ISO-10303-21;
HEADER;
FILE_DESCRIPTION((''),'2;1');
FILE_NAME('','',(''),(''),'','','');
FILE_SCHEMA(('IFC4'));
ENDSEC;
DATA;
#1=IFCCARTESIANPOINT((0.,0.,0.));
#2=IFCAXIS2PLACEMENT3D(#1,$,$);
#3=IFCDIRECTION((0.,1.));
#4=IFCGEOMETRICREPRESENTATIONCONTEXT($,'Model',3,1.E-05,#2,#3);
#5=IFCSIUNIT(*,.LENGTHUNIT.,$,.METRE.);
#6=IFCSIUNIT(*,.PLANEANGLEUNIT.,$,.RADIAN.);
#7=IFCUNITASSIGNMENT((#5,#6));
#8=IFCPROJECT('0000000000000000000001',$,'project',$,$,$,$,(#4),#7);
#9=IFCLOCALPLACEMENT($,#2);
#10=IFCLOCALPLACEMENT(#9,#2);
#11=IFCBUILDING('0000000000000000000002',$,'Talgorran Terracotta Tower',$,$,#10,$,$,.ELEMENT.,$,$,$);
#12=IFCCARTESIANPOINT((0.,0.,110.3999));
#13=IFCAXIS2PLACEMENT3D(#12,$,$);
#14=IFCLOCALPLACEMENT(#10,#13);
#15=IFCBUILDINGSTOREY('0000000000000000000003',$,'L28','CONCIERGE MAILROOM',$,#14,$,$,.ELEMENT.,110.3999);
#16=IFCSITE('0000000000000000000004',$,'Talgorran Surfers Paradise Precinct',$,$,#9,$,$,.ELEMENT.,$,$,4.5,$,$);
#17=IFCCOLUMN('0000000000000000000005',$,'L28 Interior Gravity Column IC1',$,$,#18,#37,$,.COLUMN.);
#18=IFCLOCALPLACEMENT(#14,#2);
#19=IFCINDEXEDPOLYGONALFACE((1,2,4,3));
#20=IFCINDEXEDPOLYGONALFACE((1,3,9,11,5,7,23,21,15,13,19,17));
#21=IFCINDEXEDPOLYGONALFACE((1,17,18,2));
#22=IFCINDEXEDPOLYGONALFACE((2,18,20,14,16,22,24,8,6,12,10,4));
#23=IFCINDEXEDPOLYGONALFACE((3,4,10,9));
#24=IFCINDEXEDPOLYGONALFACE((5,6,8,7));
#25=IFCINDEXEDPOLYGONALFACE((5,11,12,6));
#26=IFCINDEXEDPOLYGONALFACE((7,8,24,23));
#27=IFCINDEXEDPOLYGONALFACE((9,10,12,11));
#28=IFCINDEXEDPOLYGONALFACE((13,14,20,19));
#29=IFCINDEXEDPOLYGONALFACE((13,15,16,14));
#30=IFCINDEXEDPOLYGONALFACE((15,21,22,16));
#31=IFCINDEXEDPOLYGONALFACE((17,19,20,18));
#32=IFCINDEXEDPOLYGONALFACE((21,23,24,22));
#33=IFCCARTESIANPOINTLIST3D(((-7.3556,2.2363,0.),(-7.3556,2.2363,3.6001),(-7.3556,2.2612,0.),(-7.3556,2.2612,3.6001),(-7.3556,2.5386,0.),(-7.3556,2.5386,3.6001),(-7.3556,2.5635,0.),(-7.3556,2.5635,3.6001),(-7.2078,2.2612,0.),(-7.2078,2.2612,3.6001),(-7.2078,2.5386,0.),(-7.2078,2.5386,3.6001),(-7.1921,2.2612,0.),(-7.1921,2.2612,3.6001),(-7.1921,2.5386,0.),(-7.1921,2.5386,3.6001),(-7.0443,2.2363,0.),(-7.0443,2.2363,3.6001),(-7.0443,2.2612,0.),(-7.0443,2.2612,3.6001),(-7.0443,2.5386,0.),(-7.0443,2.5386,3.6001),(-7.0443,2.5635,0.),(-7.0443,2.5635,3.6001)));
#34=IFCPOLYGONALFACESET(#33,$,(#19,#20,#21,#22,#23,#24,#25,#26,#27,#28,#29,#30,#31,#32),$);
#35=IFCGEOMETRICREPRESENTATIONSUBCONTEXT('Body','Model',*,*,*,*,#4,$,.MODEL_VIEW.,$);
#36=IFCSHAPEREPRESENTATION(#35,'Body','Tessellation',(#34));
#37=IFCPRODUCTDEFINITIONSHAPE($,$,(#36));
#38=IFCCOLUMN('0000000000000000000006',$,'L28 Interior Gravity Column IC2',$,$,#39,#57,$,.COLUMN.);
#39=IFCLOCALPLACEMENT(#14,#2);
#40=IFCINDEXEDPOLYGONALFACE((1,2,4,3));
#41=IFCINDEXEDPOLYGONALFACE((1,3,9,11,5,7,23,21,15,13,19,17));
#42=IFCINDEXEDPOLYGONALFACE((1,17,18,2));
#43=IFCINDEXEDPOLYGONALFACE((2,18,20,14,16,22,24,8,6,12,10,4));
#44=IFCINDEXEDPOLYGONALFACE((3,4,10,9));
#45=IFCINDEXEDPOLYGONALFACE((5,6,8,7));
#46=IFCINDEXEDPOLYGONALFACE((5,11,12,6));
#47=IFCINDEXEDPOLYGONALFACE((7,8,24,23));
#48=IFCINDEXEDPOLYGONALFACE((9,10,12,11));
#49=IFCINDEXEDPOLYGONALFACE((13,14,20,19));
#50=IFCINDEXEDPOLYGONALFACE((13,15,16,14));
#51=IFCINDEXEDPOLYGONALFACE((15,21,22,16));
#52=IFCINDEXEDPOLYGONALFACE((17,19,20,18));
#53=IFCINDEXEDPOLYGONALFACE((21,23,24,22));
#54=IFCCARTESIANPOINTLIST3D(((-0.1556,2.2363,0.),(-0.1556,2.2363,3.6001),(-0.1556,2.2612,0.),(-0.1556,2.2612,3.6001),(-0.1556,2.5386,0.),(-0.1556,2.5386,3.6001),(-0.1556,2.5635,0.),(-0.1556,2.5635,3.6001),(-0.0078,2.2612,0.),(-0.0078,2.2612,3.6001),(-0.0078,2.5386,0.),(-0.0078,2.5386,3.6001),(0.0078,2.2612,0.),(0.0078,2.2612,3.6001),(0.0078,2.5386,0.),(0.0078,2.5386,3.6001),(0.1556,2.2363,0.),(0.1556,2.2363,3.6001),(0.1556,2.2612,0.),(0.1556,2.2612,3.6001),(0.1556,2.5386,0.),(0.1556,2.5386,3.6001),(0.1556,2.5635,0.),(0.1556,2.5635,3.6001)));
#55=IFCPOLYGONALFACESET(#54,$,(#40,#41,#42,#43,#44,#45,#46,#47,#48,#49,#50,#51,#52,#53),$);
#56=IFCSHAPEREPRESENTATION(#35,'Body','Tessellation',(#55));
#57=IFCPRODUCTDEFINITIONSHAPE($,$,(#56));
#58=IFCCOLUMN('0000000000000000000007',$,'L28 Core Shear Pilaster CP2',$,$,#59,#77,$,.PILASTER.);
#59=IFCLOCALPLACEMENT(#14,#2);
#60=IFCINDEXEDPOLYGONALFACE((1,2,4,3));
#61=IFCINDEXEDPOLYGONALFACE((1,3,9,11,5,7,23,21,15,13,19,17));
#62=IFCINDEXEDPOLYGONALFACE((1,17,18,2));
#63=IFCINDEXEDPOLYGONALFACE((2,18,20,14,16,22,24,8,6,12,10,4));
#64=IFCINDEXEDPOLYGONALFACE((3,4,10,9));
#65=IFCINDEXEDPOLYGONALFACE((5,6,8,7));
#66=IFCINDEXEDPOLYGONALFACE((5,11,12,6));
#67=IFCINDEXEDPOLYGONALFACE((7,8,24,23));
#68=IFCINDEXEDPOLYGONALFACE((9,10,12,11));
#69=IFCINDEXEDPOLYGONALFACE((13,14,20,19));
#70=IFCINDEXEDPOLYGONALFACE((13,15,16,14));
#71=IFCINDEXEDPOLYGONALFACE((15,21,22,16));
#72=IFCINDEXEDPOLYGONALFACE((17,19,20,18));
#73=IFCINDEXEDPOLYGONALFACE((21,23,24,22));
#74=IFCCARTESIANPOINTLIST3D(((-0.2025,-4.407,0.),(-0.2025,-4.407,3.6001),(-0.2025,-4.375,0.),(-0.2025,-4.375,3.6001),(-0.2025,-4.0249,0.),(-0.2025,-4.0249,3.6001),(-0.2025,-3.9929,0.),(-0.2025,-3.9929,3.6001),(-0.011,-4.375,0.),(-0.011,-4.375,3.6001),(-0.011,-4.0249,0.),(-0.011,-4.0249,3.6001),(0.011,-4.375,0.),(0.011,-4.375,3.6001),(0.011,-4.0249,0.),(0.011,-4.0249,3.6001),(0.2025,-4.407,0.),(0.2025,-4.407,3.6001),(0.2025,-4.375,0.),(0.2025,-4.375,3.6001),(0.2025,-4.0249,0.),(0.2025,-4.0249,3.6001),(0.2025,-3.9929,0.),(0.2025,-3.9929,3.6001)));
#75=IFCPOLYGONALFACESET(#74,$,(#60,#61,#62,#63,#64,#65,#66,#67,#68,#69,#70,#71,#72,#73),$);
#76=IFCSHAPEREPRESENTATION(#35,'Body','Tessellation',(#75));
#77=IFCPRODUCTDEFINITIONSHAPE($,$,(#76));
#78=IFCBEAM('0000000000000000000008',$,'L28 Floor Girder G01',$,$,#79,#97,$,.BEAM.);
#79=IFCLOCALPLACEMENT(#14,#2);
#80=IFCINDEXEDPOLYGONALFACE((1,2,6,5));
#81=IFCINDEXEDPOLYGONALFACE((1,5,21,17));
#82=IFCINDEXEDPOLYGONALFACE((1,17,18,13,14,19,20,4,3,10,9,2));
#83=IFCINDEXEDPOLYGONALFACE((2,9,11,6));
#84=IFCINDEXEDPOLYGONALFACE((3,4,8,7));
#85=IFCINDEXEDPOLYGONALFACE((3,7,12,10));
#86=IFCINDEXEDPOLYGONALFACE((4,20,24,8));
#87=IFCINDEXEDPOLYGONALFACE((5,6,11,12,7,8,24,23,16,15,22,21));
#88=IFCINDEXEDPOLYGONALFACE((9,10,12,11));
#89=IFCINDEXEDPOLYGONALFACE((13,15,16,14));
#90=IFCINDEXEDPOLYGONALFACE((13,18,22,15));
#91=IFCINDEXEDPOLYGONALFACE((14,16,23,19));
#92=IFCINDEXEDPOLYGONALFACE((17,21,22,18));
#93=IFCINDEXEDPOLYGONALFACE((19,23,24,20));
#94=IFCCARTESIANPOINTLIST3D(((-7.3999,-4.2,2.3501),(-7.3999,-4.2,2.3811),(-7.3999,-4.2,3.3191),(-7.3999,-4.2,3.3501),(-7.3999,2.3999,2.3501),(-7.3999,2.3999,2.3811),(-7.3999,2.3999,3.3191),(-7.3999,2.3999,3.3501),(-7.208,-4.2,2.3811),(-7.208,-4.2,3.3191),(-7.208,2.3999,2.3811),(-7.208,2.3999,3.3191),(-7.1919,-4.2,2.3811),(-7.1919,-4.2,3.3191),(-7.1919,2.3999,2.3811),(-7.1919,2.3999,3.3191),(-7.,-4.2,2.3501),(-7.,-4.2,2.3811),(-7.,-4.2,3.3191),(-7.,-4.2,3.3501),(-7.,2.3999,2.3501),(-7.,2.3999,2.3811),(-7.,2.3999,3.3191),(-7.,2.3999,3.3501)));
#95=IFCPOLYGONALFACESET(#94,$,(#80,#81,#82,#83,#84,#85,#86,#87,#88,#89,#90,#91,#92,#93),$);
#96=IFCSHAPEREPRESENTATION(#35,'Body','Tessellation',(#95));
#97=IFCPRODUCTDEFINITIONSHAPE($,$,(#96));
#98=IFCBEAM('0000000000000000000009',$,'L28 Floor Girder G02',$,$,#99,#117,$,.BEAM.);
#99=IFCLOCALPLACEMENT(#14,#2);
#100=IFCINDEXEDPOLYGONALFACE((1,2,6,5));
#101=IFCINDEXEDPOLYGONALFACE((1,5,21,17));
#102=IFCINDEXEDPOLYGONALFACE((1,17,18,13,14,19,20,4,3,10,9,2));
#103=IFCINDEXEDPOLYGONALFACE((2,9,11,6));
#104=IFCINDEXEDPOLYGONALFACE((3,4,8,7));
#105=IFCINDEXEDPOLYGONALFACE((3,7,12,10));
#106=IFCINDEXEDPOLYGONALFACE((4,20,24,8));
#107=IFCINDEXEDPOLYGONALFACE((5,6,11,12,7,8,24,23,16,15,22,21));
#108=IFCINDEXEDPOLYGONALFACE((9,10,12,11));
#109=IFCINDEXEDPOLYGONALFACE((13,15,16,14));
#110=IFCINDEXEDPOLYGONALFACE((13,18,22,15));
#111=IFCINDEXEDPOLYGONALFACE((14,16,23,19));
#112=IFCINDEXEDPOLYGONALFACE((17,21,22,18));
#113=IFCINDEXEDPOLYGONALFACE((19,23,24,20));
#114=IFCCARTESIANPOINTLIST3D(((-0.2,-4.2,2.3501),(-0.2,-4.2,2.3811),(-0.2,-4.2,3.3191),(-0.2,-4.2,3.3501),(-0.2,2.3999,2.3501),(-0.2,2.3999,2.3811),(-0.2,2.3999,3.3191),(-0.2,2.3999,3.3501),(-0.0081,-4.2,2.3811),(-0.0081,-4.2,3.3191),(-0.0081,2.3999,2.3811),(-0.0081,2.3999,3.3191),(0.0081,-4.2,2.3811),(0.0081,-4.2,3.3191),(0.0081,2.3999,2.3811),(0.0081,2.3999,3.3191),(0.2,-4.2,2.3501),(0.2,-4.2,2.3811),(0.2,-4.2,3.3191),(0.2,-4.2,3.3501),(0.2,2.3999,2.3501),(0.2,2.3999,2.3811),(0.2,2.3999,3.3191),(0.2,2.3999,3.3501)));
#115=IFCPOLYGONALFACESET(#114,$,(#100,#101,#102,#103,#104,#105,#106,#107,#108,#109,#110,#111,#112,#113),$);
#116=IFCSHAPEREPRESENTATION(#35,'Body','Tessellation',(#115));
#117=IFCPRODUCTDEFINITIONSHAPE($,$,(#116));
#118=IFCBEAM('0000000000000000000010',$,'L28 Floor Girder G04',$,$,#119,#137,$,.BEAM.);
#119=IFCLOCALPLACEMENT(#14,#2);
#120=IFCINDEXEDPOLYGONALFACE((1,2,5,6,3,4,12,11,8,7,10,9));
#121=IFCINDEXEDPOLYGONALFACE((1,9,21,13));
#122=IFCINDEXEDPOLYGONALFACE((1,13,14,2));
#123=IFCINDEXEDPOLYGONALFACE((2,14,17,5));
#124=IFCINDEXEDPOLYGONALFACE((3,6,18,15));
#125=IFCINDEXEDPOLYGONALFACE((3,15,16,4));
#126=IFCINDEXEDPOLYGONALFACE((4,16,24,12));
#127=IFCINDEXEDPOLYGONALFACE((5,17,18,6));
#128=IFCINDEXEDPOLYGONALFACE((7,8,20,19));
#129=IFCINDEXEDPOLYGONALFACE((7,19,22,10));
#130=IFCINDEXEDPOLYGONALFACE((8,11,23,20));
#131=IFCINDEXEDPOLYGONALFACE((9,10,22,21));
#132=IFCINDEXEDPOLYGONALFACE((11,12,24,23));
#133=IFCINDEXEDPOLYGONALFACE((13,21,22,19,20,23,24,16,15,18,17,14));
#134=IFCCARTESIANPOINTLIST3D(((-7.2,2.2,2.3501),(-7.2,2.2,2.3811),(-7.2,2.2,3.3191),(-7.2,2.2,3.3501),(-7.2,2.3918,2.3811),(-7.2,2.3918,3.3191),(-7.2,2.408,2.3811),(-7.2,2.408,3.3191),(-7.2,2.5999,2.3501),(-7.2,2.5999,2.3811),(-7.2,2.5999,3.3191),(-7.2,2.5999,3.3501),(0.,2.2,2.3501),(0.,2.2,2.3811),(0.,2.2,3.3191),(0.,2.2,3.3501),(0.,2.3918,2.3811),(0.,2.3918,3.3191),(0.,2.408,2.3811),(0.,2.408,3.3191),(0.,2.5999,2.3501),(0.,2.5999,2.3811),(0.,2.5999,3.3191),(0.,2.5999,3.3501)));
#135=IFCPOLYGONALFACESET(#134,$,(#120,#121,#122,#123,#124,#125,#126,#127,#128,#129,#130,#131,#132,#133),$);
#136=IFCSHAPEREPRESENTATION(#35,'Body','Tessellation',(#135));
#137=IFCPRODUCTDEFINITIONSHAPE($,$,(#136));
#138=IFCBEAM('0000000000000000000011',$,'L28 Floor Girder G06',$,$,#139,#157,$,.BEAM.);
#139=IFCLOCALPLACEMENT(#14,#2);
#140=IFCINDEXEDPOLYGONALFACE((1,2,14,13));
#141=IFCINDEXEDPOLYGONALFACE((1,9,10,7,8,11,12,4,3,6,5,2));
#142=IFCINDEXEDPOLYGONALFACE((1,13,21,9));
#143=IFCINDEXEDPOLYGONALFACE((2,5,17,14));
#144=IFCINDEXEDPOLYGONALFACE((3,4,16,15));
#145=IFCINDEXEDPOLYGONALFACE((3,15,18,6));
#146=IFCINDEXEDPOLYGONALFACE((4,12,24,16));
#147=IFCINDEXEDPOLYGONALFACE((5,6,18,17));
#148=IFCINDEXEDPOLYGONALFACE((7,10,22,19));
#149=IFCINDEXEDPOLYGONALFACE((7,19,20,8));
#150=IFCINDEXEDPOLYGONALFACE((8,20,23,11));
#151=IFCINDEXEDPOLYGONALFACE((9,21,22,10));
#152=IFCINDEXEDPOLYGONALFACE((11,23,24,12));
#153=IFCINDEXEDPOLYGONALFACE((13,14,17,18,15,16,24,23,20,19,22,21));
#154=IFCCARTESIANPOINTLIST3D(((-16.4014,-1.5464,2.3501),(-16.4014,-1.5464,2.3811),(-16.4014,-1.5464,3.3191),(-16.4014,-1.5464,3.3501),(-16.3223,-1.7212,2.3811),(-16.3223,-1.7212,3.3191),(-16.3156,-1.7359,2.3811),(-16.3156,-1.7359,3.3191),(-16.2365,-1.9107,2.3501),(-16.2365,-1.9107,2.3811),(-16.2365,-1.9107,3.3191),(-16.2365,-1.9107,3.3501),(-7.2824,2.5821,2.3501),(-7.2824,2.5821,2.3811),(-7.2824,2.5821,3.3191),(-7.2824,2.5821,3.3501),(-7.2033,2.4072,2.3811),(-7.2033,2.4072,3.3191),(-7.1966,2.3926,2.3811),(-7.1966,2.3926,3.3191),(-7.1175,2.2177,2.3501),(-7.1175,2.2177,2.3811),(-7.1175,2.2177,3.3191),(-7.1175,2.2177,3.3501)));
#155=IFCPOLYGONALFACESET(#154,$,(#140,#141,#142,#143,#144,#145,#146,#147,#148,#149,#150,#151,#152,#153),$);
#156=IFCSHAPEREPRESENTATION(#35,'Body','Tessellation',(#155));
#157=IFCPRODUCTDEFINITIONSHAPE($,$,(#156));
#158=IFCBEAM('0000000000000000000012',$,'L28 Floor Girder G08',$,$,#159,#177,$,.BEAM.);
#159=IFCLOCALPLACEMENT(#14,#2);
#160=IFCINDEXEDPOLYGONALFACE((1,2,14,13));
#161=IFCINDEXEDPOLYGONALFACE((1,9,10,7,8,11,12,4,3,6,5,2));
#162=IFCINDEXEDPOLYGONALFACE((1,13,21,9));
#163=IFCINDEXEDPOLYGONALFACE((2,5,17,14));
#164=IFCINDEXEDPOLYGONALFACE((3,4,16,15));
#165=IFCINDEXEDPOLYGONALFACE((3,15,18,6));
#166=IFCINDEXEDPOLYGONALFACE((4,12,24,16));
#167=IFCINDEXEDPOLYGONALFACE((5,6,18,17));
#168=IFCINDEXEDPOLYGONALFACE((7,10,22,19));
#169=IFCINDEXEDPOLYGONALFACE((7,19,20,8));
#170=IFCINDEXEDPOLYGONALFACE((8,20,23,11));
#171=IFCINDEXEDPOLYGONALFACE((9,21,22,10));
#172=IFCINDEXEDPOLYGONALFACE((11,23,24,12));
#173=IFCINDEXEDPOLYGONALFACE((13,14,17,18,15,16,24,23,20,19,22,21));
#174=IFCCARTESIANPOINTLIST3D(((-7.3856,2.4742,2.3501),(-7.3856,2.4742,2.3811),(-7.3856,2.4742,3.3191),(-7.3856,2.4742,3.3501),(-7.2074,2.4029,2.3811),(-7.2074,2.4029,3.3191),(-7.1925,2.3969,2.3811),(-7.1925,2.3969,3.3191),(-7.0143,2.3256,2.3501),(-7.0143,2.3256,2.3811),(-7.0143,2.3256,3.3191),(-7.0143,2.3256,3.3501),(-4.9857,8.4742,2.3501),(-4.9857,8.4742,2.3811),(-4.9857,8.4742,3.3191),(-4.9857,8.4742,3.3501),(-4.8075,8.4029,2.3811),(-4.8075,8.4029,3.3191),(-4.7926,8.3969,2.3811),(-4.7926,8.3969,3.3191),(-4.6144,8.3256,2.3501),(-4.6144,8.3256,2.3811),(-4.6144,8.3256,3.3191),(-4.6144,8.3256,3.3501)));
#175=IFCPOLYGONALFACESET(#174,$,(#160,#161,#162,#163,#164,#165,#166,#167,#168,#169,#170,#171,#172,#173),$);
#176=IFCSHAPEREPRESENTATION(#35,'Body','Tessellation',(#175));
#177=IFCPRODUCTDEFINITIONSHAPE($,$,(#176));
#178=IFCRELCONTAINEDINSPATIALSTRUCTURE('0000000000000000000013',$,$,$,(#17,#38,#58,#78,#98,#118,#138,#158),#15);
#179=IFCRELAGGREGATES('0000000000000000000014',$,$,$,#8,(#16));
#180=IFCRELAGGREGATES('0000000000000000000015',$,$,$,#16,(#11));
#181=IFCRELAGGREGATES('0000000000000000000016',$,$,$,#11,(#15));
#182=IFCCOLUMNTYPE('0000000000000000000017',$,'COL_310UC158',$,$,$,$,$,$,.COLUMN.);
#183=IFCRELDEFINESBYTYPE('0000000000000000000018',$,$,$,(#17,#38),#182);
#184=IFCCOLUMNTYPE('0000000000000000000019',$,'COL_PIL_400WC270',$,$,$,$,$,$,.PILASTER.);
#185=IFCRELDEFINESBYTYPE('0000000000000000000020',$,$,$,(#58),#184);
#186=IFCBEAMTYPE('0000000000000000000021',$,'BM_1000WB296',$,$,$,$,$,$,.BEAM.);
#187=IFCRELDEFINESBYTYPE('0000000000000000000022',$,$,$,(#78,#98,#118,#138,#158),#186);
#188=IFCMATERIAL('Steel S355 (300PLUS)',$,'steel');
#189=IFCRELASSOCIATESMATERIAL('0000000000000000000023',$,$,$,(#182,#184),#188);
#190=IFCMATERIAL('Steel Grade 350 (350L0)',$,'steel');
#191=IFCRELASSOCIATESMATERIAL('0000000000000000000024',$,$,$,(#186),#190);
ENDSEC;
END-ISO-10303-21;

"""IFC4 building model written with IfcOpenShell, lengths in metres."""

from ifc_helpers import new_model, si_unit, direction, frame, origin, origin_2d, place, context, subcontext, project, spatial, i_section, extrude, material, material_profile, profile_set, type_object, element, save


model = new_model("IFC4")

# Units and contexts
model_context = context("Model", 3, precision=1e-05, world=origin(), true_north=direction((0.0, 1.0)))
body_context = subcontext(model_context, "Body", "Model", "MODEL_VIEW")
ifc_project = project(units=[si_unit("LENGTHUNIT", "METRE"), si_unit("PLANEANGLEUNIT", "RADIAN")], contexts=[model_context])

# Site, building, storey
site_placement = place(None, origin())
site = spatial("IfcSite", under=ifc_project, at=site_placement, Name="Talgorran Surfers Paradise Precinct", CompositionType="ELEMENT", RefElevation=4.5)
building_placement = place(site_placement, origin())
building = spatial("IfcBuilding", under=site, at=building_placement, Name="Talgorran Terracotta Tower", CompositionType="ELEMENT")
storey_placement = place(building_placement, frame((0.0, 0.0, 110.3999)))
storey = spatial("IfcBuildingStorey", under=building, at=storey_placement, Name="L28", Description="CONCIERGE MAILROOM", CompositionType="ELEMENT", Elevation=110.3999)

# Columns
ifc_material_1 = material(Name="Steel S355 (300PLUS)", Category="steel")
ifc_material_profile_1 = material_profile(ifc_material_1, i_section(OverallWidth=0.3113, OverallDepth=0.3271, WebThickness=0.0156, FlangeThickness=0.0249, at=origin_2d()), Name="310UC158")
ifc_profile_set_1 = profile_set([ifc_material_profile_1], Name="Steel S355 (300PLUS)")
column_type_1 = type_object("IfcColumnType", Name="COL_310UC158", PredefinedType="COLUMN", material=ifc_profile_set_1)
for number, where, z_axis, x_axis, name in (
    (1, (-7.2, 2.3999, 0.0), (0.0, 0.0, 1.0), (1.0, 0.0, 0.0), "L28 Interior Gravity Column IC1"),
    (2, (0.0, 2.3999, 0.0), (0.0, 0.0, 1.0), (1.0, 0.0, 0.0), "L28 Interior Gravity Column IC2"),
):
    element("IfcColumn", number, at=place(storey_placement, frame(where, z_axis=z_axis, x_axis=x_axis)), inside=storey, type_object=column_type_1, Name=name, PredefinedType="COLUMN", context=body_context, shape_type="SweptSolid", body=[
        extrude(i_section(OverallWidth=0.3113, OverallDepth=0.3271, WebThickness=0.0156, FlangeThickness=0.0249, at=origin_2d()), origin(), (0.0, 0.0, 1.0), 3.6001),
    ])
ifc_material_profile_2 = material_profile(ifc_material_1, i_section(OverallWidth=0.405, OverallDepth=0.4141, WebThickness=0.022, FlangeThickness=0.032, at=origin_2d()), Name="400WC270")
ifc_profile_set_2 = profile_set([ifc_material_profile_2], Name="Steel S355 (300PLUS)")
column_type_2 = type_object("IfcColumnType", Name="COL_PIL_400WC270", PredefinedType="PILASTER", material=ifc_profile_set_2)
column_placement = place(storey_placement, frame((0.0, -4.2, 0.0), z_axis=(0.0, 0.0, 1.0), x_axis=(1.0, 0.0, 0.0)))
element("IfcColumn", 3, at=column_placement, inside=storey, type_object=column_type_2, Name="L28 Core Shear Pilaster CP2", PredefinedType="PILASTER", context=body_context, shape_type="SweptSolid", body=[
    extrude(i_section(OverallWidth=0.405, OverallDepth=0.4141, WebThickness=0.022, FlangeThickness=0.032, at=origin_2d()), origin(), (0.0, 0.0, 1.0), 3.6001),
])

# Beams
ifc_material_2 = material(Name="Steel Grade 350 (350L0)", Category="steel")
ifc_material_profile_3 = material_profile(ifc_material_2, i_section(OverallWidth=0.3999, OverallDepth=1.0, WebThickness=0.0161, FlangeThickness=0.031, at=origin_2d()), Name="1000WB296")
ifc_profile_set_3 = profile_set([ifc_material_profile_3], Name="Steel Grade 350 (350L0)")
beam_type_1 = type_object("IfcBeamType", Name="BM_1000WB296", PredefinedType="BEAM", material=ifc_profile_set_3)
for number, where, z_axis, x_axis, name in (
    (4, (-7.2, -4.2, 2.8501), (0.0, 1.0, 0.0), (-1.0, 0.0, 0.0), "L28 Floor Girder G01"),
    (5, (0.0, -4.2, 2.8501), (0.0, 1.0, 0.0), (-1.0, 0.0, 0.0), "L28 Floor Girder G02"),
):
    element("IfcBeam", number, at=place(storey_placement, frame(where, z_axis=z_axis, x_axis=x_axis)), inside=storey, type_object=beam_type_1, Name=name, PredefinedType="BEAM", context=body_context, shape_type="SweptSolid", body=[
        extrude(i_section(OverallWidth=0.3999, OverallDepth=1.0, WebThickness=0.0161, FlangeThickness=0.031, at=origin_2d()), origin(), (0.0, 0.0, 1.0), 6.5999),
    ])
beam_1_placement = place(storey_placement, frame((-7.2, 2.3999, 2.8501), z_axis=(1.0, 0.0, 0.0), x_axis=(0.0, 1.0, 0.0)))
element("IfcBeam", 6, at=beam_1_placement, inside=storey, type_object=beam_type_1, Name="L28 Floor Girder G04", PredefinedType="BEAM", context=body_context, shape_type="SweptSolid", body=[
    extrude(i_section(OverallWidth=0.3999, OverallDepth=1.0, WebThickness=0.0161, FlangeThickness=0.031, at=origin_2d()), origin(), (0.0, 0.0, 1.0), 7.2),
])
beam_2_placement = place(storey_placement, frame((-7.2, 2.3999, 2.8501), z_axis=(-0.910988, -0.412433, 0.0), x_axis=(0.412433, -0.910988, 0.0)))
element("IfcBeam", 7, at=beam_2_placement, inside=storey, type_object=beam_type_1, Name="L28 Floor Girder G06", PredefinedType="BEAM", context=body_context, shape_type="SweptSolid", body=[
    extrude(i_section(OverallWidth=0.3999, OverallDepth=1.0, WebThickness=0.0161, FlangeThickness=0.031, at=origin_2d()), origin(), (0.0, 0.0, 1.0), 10.01),
])
beam_3_placement = place(storey_placement, frame((-7.2, 2.3999, 2.8501), z_axis=(0.371378, 0.928482, 0.0), x_axis=(-0.928482, 0.371378, 0.0)))
element("IfcBeam", 8, at=beam_3_placement, inside=storey, type_object=beam_type_1, Name="L28 Floor Girder G08", PredefinedType="BEAM", context=body_context, shape_type="SweptSolid", body=[
    extrude(i_section(OverallWidth=0.3999, OverallDepth=1.0, WebThickness=0.0161, FlangeThickness=0.031, at=origin_2d()), origin(), (0.0, 0.0, 1.0), 6.4622),
])

save(model, "model.ifc")
